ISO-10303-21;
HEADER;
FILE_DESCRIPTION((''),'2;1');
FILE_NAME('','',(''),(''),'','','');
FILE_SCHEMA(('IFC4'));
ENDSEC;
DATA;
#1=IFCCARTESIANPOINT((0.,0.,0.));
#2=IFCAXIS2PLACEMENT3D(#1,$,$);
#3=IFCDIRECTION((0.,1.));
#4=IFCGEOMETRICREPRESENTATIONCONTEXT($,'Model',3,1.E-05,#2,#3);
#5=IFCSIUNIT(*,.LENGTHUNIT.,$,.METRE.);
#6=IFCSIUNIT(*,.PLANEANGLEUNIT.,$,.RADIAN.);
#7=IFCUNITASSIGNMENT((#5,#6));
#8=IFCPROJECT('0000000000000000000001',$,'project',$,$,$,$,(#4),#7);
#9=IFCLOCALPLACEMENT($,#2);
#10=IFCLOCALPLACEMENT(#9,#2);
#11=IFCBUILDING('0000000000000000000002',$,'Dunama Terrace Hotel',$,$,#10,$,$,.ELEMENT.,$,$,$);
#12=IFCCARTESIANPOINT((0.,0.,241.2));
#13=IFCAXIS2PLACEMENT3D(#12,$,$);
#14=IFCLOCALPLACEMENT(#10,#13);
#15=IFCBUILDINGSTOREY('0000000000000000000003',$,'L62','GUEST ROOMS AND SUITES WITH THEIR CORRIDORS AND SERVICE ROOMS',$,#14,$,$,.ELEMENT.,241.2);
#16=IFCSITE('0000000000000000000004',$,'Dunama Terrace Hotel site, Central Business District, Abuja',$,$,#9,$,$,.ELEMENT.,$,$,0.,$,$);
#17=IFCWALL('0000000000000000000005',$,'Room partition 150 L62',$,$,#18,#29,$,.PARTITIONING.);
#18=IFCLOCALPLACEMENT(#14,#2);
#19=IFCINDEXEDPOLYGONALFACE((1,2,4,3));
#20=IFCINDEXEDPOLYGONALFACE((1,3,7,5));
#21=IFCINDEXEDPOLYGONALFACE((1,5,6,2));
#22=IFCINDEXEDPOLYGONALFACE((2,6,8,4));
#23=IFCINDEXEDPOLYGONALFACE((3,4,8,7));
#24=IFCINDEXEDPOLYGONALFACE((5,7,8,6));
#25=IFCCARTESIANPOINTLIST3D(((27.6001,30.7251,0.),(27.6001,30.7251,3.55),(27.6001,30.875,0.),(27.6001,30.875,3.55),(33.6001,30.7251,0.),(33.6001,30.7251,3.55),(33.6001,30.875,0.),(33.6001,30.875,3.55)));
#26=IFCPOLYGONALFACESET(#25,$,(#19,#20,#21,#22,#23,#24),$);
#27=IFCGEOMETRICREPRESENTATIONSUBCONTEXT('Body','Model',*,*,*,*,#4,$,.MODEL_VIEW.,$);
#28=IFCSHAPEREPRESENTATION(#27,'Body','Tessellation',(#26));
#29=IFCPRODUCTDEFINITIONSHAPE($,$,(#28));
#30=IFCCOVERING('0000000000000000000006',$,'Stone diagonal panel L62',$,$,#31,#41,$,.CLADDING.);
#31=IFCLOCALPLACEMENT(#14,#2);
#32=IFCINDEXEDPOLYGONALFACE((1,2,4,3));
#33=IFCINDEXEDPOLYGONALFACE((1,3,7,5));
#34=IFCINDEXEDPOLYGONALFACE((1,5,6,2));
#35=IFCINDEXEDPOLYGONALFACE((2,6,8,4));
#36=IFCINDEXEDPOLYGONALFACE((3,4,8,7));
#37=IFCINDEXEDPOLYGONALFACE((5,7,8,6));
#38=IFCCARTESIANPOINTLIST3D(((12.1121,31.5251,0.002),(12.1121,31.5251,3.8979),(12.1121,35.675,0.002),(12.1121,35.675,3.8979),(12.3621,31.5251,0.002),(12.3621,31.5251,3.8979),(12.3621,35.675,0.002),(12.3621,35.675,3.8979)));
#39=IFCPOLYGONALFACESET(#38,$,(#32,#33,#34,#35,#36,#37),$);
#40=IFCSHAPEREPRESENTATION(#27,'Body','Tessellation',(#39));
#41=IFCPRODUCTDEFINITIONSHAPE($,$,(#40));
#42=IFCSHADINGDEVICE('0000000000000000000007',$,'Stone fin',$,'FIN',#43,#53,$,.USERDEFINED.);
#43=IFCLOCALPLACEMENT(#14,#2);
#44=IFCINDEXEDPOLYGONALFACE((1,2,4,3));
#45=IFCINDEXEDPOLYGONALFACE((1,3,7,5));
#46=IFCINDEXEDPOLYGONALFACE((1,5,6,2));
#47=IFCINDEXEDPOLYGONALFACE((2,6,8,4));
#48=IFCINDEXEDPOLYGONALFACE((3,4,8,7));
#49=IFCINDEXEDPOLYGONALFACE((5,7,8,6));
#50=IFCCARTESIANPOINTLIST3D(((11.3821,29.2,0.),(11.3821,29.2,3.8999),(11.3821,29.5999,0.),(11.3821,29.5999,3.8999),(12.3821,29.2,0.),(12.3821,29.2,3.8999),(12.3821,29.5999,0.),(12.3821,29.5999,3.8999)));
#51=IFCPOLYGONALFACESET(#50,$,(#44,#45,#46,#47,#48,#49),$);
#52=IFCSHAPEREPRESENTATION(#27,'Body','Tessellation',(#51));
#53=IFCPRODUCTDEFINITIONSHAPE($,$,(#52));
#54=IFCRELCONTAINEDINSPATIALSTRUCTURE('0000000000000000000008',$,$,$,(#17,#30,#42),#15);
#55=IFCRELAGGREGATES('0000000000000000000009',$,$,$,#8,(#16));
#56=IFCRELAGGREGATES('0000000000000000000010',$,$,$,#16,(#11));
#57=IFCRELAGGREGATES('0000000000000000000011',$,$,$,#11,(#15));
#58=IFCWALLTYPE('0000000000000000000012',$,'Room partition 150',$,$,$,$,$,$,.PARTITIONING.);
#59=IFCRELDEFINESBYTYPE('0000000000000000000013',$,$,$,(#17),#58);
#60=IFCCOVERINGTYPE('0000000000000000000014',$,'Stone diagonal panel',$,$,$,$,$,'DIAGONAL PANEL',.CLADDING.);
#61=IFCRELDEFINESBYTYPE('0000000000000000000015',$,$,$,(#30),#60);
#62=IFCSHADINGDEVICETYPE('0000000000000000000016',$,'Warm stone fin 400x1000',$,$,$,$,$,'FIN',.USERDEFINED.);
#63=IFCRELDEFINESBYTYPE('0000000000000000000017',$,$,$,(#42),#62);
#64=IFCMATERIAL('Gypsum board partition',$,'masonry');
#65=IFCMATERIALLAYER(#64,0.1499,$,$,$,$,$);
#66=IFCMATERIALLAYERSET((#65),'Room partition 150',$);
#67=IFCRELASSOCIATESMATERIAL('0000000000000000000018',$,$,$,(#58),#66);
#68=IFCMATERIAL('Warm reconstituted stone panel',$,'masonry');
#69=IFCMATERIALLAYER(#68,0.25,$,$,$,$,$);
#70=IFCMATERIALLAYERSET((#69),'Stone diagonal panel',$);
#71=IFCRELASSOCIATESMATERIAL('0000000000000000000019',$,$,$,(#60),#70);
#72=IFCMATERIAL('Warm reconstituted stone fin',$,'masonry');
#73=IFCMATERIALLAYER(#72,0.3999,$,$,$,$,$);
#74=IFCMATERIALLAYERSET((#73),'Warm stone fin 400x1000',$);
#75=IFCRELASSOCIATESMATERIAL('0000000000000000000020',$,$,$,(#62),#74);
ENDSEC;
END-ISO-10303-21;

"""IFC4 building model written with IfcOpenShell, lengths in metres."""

from ifc_helpers import new_model, si_unit, direction, frame, frame_2d, origin, origin_2d, place, context, subcontext, project, spatial, rectangle, extrude, material, layer, layer_set, type_object, element, save


model = new_model("IFC4")

# Units and contexts
model_context = context("Model", 3, precision=1e-05, world=origin(), true_north=direction((0.0, 1.0)))
body_context = subcontext(model_context, "Body", "Model", "MODEL_VIEW")
ifc_project = project(units=[si_unit("LENGTHUNIT", "METRE"), si_unit("PLANEANGLEUNIT", "RADIAN")], contexts=[model_context])

# Site, building, storey
site_placement = place(None, origin())
site = spatial("IfcSite", under=ifc_project, at=site_placement, Name="Dunama Terrace Hotel site, Central Business District, Abuja", CompositionType="ELEMENT", RefElevation=0.0)
building_placement = place(site_placement, origin())
building = spatial("IfcBuilding", under=site, at=building_placement, Name="Dunama Terrace Hotel", CompositionType="ELEMENT")
storey_placement = place(building_placement, frame((0.0, 0.0, 241.2)))
storey = spatial("IfcBuildingStorey", under=building, at=storey_placement, Name="L62", Description="GUEST ROOMS AND SUITES WITH THEIR CORRIDORS AND SERVICE ROOMS", CompositionType="ELEMENT", Elevation=241.2)

# Shared definitions
ifc_material_1 = material(Name="Gypsum board partition", Category="masonry")
ifc_layer_1 = layer(ifc_material_1, 0.1499)
ifc_layer_set_1 = layer_set([ifc_layer_1], Name="Room partition 150")
wall_type_1 = type_object("IfcWallType", Name="Room partition 150", PredefinedType="PARTITIONING", material=ifc_layer_set_1)

# Wall
wall_1_placement = place(storey_placement, frame((27.6001, 30.8, 0.0), z_axis=(0.0, 0.0, 1.0), x_axis=(1.0, 0.0, 0.0)))
element("IfcWall", 1, at=wall_1_placement, inside=storey, type_object=wall_type_1, Name="Room partition 150 L62", PredefinedType="PARTITIONING", context=body_context, shape_type="SweptSolid", body=[
    extrude(rectangle(XDim=6.0, YDim=0.1499, at=frame_2d((3.0, 0.0))), origin(), (0.0, 0.0, 1.0), 3.55),
])

# Covering
ifc_material_2 = material(Name="Warm reconstituted stone panel", Category="masonry")
ifc_layer_2 = layer(ifc_material_2, 0.25)
ifc_layer_set_2 = layer_set([ifc_layer_2], Name="Stone diagonal panel")
covering_type = type_object("IfcCoveringType", Name="Stone diagonal panel", ElementType="DIAGONAL PANEL", PredefinedType="CLADDING", material=ifc_layer_set_2)
covering_placement = place(storey_placement, frame((12.2371, 33.6001, 0.002), z_axis=(0.0, 0.0, 1.0), x_axis=(0.0, -1.0, 0.0)))
element("IfcCovering", 2, at=covering_placement, inside=storey, type_object=covering_type, Name="Stone diagonal panel L62", PredefinedType="CLADDING", context=body_context, shape_type="SweptSolid", body=[
    extrude(rectangle(XDim=4.1499, YDim=0.25, at=origin_2d()), origin(), (0.0, 0.0, 1.0), 3.896),
])

# Shading device
ifc_material_3 = material(Name="Warm reconstituted stone fin", Category="masonry")
ifc_layer_3 = layer(ifc_material_3, 0.3999)
ifc_layer_set_3 = layer_set([ifc_layer_3], Name="Warm stone fin 400x1000")
shading_device_type = type_object("IfcShadingDeviceType", Name="Warm stone fin 400x1000", ElementType="FIN", PredefinedType="USERDEFINED", material=ifc_layer_set_3)
shading_device_placement = place(storey_placement, frame((11.8821, 29.3999, 0.0), z_axis=(0.0, 0.0, 1.0), x_axis=(0.0, -1.0, 0.0)))
element("IfcShadingDevice", 3, at=shading_device_placement, inside=storey, type_object=shading_device_type, Name="Stone fin", ObjectType="FIN", PredefinedType="USERDEFINED", context=body_context, shape_type="SweptSolid", body=[
    extrude(rectangle(XDim=0.3999, YDim=1.0, at=origin_2d()), origin(), (0.0, 0.0, 1.0), 3.8999),
])

save(model, "model.ifc")
